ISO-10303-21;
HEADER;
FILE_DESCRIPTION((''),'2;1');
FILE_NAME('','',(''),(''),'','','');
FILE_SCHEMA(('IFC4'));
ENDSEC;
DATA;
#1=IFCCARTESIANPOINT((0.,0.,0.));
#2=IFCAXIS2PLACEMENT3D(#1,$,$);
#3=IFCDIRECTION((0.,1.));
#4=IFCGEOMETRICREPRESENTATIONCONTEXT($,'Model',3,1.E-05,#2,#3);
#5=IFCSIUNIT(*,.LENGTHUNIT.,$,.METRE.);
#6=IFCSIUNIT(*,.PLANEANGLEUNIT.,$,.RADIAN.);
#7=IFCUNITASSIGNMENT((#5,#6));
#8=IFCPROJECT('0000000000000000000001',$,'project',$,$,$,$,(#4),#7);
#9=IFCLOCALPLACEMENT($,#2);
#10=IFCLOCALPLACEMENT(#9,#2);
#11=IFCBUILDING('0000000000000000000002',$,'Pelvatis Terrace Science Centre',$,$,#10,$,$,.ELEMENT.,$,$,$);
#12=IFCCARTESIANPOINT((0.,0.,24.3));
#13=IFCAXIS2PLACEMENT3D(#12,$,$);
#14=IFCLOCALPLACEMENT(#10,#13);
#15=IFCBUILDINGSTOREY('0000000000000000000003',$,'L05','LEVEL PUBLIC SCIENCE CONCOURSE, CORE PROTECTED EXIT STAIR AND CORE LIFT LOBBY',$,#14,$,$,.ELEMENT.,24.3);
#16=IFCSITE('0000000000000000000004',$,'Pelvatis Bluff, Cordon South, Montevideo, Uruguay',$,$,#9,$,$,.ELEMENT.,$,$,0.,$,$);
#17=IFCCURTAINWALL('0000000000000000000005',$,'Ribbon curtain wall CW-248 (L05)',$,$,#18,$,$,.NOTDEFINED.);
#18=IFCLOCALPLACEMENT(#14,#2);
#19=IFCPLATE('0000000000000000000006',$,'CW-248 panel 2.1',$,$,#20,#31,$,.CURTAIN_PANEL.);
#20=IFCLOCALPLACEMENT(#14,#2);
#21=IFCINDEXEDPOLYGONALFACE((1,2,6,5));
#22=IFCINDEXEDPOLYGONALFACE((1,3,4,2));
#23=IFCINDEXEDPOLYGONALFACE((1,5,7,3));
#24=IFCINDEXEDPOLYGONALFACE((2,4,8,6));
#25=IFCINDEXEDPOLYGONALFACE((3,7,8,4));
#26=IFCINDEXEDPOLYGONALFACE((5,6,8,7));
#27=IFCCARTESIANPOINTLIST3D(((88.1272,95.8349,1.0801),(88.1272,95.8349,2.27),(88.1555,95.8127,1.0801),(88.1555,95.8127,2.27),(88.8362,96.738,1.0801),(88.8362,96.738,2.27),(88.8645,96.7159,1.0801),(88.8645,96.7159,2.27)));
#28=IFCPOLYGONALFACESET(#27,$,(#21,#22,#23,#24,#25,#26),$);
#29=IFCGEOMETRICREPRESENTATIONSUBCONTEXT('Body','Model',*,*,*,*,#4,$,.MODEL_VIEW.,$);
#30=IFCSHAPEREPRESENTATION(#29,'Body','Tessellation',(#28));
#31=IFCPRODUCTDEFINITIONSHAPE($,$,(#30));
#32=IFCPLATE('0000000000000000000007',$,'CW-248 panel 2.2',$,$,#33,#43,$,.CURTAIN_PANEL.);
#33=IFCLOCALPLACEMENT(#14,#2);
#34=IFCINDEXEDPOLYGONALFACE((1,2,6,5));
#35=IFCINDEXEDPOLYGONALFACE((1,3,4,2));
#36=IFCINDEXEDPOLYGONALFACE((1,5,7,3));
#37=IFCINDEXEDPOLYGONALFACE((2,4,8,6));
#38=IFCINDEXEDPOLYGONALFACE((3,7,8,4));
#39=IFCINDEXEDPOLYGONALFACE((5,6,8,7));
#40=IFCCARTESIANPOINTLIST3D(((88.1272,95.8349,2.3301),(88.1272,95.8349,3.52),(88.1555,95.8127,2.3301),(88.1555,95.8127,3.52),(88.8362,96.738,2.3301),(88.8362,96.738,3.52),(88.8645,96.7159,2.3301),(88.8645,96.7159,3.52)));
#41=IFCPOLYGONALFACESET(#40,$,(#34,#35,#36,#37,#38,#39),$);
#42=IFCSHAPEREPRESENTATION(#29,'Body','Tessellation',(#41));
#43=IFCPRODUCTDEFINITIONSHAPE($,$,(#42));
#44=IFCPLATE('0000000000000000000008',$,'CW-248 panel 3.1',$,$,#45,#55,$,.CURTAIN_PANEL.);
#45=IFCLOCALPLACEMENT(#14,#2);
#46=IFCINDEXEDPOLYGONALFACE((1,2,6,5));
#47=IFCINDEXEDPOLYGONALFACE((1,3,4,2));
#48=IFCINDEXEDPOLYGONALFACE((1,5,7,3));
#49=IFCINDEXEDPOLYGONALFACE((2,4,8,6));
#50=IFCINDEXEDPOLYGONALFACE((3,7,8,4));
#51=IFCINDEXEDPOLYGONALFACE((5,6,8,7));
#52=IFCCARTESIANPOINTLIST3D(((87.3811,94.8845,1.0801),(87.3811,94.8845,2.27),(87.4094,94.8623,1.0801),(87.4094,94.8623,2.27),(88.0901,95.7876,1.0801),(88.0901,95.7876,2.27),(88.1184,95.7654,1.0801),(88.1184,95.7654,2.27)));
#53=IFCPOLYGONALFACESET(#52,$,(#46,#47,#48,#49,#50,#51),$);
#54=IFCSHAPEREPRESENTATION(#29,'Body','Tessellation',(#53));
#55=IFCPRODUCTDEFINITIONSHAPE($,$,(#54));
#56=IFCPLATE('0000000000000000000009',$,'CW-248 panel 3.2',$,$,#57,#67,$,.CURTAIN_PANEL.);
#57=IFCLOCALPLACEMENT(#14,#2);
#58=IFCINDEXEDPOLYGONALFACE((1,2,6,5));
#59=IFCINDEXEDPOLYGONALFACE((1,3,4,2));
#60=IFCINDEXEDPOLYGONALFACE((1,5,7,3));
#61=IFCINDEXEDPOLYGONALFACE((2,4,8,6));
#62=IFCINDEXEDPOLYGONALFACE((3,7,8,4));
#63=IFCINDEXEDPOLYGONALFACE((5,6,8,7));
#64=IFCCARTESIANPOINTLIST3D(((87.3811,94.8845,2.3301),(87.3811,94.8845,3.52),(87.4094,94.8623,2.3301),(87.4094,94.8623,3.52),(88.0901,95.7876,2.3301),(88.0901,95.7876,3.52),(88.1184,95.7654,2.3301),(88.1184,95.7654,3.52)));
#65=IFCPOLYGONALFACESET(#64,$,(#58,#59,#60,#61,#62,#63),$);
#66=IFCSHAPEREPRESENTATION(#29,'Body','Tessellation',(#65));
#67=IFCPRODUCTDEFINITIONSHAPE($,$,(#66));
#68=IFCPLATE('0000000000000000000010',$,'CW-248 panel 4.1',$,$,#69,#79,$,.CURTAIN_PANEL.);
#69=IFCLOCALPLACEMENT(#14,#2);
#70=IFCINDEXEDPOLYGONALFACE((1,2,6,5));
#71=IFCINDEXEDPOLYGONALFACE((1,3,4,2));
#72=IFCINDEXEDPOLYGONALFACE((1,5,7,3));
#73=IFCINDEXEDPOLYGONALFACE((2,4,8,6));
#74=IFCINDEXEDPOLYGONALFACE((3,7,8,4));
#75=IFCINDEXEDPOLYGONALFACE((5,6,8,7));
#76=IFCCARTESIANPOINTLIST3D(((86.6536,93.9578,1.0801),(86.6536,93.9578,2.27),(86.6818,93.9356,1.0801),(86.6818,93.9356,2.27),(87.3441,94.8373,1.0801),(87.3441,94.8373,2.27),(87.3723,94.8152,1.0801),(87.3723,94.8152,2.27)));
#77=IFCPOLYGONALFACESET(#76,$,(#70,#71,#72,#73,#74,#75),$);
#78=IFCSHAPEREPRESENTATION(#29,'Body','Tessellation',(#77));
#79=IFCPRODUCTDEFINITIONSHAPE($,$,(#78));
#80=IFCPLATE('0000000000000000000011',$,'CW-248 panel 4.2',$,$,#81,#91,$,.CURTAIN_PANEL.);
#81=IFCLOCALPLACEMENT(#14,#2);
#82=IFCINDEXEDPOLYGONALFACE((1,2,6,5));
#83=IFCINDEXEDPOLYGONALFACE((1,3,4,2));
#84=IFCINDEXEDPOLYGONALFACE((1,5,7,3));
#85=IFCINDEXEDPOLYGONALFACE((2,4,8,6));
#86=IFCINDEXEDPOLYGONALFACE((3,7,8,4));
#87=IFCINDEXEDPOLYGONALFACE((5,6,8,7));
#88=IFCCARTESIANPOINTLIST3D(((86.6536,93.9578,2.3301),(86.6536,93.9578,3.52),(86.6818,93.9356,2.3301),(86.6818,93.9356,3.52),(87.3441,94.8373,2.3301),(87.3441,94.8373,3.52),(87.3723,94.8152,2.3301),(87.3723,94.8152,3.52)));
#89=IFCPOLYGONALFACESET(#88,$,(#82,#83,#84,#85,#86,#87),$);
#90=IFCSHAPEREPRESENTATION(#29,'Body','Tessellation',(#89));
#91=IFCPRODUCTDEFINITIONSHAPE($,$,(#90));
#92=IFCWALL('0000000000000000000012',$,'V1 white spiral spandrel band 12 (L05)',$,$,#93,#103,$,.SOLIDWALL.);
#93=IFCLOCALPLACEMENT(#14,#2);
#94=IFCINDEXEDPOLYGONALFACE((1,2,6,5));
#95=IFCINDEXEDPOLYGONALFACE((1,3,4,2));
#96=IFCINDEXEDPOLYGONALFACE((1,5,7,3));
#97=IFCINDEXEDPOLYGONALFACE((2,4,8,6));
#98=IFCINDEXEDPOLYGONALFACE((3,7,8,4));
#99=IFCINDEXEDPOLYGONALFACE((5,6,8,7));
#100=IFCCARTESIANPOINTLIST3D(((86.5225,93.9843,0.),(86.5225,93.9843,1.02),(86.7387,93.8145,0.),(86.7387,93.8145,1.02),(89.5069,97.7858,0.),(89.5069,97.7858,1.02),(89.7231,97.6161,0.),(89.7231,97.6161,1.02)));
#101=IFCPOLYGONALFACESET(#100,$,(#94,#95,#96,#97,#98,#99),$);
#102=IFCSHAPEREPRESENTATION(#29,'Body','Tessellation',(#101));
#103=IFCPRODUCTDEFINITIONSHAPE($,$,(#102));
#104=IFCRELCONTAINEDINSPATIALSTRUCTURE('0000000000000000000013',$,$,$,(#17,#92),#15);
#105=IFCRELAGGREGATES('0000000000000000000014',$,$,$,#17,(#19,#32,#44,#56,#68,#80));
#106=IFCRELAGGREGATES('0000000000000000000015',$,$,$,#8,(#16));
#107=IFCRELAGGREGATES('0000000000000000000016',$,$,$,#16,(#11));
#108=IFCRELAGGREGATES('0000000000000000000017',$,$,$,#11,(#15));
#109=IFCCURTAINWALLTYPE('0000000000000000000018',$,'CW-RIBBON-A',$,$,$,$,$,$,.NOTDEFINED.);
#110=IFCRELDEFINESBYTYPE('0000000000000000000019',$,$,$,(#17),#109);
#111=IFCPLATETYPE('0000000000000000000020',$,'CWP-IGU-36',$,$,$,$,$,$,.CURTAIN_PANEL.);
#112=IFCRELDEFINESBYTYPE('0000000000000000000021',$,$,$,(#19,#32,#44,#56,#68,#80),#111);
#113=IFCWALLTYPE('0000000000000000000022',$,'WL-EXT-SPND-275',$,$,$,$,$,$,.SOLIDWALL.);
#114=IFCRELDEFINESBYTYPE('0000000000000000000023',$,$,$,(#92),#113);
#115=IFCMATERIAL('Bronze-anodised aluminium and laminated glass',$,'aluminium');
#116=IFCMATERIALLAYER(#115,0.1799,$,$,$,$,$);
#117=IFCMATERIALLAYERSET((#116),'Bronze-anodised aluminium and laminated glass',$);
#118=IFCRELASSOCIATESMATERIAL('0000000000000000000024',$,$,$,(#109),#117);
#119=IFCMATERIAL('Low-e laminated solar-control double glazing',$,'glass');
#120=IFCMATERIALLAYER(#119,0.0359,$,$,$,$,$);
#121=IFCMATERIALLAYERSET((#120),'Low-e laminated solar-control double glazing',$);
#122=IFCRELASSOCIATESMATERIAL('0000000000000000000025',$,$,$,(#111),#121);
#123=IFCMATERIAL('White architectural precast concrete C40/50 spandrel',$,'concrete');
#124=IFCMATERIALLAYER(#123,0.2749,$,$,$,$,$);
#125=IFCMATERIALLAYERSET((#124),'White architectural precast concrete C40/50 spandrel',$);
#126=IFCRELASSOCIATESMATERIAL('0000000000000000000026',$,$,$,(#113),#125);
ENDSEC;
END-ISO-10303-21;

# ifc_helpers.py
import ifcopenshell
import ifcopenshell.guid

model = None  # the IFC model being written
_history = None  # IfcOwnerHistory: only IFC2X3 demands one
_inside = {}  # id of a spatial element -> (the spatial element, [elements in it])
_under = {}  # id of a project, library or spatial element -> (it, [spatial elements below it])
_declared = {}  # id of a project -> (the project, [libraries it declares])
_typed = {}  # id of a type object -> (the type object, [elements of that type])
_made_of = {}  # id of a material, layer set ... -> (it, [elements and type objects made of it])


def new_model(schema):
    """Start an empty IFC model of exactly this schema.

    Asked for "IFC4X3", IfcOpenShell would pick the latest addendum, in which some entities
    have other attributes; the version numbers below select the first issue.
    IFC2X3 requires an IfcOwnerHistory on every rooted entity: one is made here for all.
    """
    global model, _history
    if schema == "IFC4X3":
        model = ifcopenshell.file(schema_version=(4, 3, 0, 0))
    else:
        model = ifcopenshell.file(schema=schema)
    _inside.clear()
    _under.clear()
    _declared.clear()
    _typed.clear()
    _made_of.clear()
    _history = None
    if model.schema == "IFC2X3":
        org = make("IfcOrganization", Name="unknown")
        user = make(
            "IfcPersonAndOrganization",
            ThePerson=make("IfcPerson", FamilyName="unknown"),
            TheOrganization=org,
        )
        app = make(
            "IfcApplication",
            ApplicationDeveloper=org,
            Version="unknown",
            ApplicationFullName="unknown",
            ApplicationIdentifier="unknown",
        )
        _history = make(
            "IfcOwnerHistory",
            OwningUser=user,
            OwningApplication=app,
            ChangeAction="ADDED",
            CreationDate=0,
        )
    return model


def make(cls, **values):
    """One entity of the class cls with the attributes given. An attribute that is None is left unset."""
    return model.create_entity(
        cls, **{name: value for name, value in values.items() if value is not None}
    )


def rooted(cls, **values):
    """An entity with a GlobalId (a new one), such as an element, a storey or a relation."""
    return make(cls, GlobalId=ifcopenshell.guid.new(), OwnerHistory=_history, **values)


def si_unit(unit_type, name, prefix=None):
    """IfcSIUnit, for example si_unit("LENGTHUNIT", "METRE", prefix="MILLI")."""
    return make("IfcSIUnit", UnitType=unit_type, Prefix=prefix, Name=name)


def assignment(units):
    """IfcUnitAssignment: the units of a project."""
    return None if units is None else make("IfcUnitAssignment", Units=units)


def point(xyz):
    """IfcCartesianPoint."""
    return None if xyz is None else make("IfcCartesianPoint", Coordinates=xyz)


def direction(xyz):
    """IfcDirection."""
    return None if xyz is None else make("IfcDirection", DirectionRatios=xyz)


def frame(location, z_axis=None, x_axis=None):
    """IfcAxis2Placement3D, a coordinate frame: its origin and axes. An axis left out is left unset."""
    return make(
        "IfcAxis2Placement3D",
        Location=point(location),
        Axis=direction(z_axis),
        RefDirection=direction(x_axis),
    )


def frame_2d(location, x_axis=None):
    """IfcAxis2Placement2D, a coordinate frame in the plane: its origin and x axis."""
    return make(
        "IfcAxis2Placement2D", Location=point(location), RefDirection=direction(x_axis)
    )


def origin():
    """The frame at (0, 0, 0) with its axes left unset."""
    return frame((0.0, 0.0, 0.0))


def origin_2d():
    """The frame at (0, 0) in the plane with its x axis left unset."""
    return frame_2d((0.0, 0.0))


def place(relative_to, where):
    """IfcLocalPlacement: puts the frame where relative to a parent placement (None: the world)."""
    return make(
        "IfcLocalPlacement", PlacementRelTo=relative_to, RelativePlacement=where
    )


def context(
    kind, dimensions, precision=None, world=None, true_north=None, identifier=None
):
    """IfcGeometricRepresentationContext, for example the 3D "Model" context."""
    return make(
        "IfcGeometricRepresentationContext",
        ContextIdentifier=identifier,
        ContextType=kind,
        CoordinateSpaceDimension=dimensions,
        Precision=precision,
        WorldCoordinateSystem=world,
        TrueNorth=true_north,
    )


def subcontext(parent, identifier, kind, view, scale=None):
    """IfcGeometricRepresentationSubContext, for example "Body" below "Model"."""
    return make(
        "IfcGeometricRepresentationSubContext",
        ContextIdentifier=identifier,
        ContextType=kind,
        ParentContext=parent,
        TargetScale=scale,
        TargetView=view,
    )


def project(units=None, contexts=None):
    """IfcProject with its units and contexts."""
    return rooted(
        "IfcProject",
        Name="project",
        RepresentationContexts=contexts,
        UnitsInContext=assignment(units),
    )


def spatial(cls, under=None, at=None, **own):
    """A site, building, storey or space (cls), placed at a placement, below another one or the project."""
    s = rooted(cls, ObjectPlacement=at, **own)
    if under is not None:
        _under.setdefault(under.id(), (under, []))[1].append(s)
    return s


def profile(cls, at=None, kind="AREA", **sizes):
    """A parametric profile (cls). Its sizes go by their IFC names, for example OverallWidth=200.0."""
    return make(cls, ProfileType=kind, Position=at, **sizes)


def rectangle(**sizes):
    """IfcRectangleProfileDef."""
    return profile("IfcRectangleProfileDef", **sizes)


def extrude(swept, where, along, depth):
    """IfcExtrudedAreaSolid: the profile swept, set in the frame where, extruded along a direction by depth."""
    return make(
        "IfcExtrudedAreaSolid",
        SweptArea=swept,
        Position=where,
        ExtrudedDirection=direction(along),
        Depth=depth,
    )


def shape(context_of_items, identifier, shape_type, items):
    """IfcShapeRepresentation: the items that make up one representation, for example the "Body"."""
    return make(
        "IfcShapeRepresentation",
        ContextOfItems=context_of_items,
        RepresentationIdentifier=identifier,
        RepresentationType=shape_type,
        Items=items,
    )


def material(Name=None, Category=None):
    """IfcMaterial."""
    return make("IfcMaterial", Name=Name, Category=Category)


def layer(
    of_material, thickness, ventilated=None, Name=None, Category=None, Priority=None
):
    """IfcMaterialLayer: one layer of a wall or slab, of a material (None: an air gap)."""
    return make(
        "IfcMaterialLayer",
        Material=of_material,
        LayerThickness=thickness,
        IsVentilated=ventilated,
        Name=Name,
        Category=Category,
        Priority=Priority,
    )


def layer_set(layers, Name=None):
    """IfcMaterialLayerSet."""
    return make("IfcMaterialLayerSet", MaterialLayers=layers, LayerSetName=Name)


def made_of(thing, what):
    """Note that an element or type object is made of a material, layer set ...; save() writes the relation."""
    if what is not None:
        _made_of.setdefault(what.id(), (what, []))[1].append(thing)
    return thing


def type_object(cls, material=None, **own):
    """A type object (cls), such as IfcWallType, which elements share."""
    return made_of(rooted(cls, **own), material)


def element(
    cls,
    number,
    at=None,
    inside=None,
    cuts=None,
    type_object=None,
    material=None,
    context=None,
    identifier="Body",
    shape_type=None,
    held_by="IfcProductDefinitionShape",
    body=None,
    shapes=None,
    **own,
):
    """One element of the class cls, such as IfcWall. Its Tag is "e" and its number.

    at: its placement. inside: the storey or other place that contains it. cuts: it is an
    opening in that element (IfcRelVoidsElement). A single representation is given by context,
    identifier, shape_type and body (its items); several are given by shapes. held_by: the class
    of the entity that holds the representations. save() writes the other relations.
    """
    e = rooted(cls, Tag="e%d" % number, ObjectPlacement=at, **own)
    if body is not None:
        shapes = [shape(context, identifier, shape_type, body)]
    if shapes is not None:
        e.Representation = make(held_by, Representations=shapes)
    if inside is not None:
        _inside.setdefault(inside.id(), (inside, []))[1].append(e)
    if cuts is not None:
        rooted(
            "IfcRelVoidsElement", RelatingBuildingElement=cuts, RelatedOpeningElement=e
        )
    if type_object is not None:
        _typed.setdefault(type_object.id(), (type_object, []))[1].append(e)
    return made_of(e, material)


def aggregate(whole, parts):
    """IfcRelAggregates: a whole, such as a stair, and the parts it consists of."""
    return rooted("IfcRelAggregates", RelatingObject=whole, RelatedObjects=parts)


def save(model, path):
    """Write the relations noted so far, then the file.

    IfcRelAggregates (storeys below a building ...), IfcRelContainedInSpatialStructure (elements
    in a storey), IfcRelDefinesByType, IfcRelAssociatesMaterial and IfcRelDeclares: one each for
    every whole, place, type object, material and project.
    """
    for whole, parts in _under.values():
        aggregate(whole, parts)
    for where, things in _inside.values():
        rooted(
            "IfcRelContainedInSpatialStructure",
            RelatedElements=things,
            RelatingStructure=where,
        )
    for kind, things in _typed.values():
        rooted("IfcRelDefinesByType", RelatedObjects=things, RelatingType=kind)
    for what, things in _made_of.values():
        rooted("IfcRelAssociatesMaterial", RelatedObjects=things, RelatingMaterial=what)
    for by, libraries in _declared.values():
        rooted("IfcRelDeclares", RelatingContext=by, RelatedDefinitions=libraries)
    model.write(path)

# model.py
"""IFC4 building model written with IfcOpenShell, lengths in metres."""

from ifc_helpers import new_model, si_unit, direction, frame, frame_2d, origin, origin_2d, place, context, subcontext, project, spatial, rectangle, extrude, material, layer, layer_set, type_object, element, aggregate, save


model = new_model("IFC4")

# Units and contexts
model_context = context("Model", 3, precision=1e-05, world=origin(), true_north=direction((0.0, 1.0)))
body_context = subcontext(model_context, "Body", "Model", "MODEL_VIEW")
ifc_project = project(units=[si_unit("LENGTHUNIT", "METRE"), si_unit("PLANEANGLEUNIT", "RADIAN")], contexts=[model_context])

# Site, building, storey
site_placement = place(None, origin())
site = spatial("IfcSite", under=ifc_project, at=site_placement, Name="Pelvatis Bluff, Cordon South, Montevideo, Uruguay", CompositionType="ELEMENT", RefElevation=0.0)
building_placement = place(site_placement, origin())
building = spatial("IfcBuilding", under=site, at=building_placement, Name="Pelvatis Terrace Science Centre", CompositionType="ELEMENT")
storey_placement = place(building_placement, frame((0.0, 0.0, 24.3)))
storey = spatial("IfcBuildingStorey", under=building, at=storey_placement, Name="L05", Description="LEVEL PUBLIC SCIENCE CONCOURSE, CORE PROTECTED EXIT STAIR AND CORE LIFT LOBBY", CompositionType="ELEMENT", Elevation=24.3)

# Shared definitions
ifc_material_1 = material(Name="Bronze-anodised aluminium and laminated glass", Category="aluminium")
ifc_layer_1 = layer(ifc_material_1, 0.1799)
ifc_layer_set_1 = layer_set([ifc_layer_1], Name="Bronze-anodised aluminium and laminated glass")
curtain_wall_type = type_object("IfcCurtainWallType", Name="CW-RIBBON-A", PredefinedType="NOTDEFINED", material=ifc_layer_set_1)

# Curtain wall, plates
curtain_wall_1_placement = place(storey_placement, origin())
curtain_wall_1 = element("IfcCurtainWall", 1, at=curtain_wall_1_placement, inside=storey, type_object=curtain_wall_type, Name="Ribbon curtain wall CW-248 (L05)", PredefinedType="NOTDEFINED")
ifc_material_2 = material(Name="Low-e laminated solar-control double glazing", Category="glass")
ifc_layer_2 = layer(ifc_material_2, 0.0359)
ifc_layer_set_2 = layer_set([ifc_layer_2], Name="Low-e laminated solar-control double glazing")
plate_type = type_object("IfcPlateType", Name="CWP-IGU-36", PredefinedType="CURTAIN_PANEL", material=ifc_layer_set_2)
plate_1_placement = place(storey_placement, frame((88.4958, 96.2754, 1.0801), z_axis=(0.0, 0.0, 1.0), x_axis=(-0.617493, -0.786577, 0.0)))
plate_1 = element("IfcPlate", 2, at=plate_1_placement, type_object=plate_type, Name="CW-248 panel 2.1", PredefinedType="CURTAIN_PANEL", context=body_context, shape_type="SweptSolid", body=[
    extrude(rectangle(XDim=1.1482, YDim=0.0359, at=origin_2d()), origin(), (0.0, 0.0, 1.0), 1.1899),
])
plate_2_placement = place(storey_placement, frame((88.4958, 96.2754, 2.3301), z_axis=(0.0, 0.0, 1.0), x_axis=(-0.617493, -0.786577, 0.0)))
plate_2 = element("IfcPlate", 3, at=plate_2_placement, type_object=plate_type, Name="CW-248 panel 2.2", PredefinedType="CURTAIN_PANEL", context=body_context, shape_type="SweptSolid", body=[
    extrude(rectangle(XDim=1.1482, YDim=0.0359, at=origin_2d()), origin(), (0.0, 0.0, 1.0), 1.1899),
])
plate_3_placement = place(storey_placement, frame((87.7498, 95.325, 1.0801), z_axis=(0.0, 0.0, 1.0), x_axis=(-0.617493, -0.786577, 0.0)))
plate_3 = element("IfcPlate", 4, at=plate_3_placement, type_object=plate_type, Name="CW-248 panel 3.1", PredefinedType="CURTAIN_PANEL", context=body_context, shape_type="SweptSolid", body=[
    extrude(rectangle(XDim=1.1482, YDim=0.0359, at=origin_2d()), origin(), (0.0, 0.0, 1.0), 1.1899),
])
plate_4_placement = place(storey_placement, frame((87.7498, 95.325, 2.3301), z_axis=(0.0, 0.0, 1.0), x_axis=(-0.617493, -0.786577, 0.0)))
plate_4 = element("IfcPlate", 5, at=plate_4_placement, type_object=plate_type, Name="CW-248 panel 3.2", PredefinedType="CURTAIN_PANEL", context=body_context, shape_type="SweptSolid", body=[
    extrude(rectangle(XDim=1.1482, YDim=0.0359, at=origin_2d()), origin(), (0.0, 0.0, 1.0), 1.1899),
])
plate_5_placement = place(storey_placement, frame((87.0129, 94.3865, 1.0801), z_axis=(0.0, 0.0, 1.0), x_axis=(-0.617493, -0.786577, 0.0)))
plate_5 = element("IfcPlate", 6, at=plate_5_placement, type_object=plate_type, Name="CW-248 panel 4.1", PredefinedType="CURTAIN_PANEL", context=body_context, shape_type="SweptSolid", body=[
    extrude(rectangle(XDim=1.1182, YDim=0.0359, at=origin_2d()), origin(), (0.0, 0.0, 1.0), 1.1899),
])
plate_6_placement = place(storey_placement, frame((87.0129, 94.3865, 2.3301), z_axis=(0.0, 0.0, 1.0), x_axis=(-0.617493, -0.786577, 0.0)))
plate_6 = element("IfcPlate", 7, at=plate_6_placement, type_object=plate_type, Name="CW-248 panel 4.2", PredefinedType="CURTAIN_PANEL", context=body_context, shape_type="SweptSolid", body=[
    extrude(rectangle(XDim=1.1182, YDim=0.0359, at=origin_2d()), origin(), (0.0, 0.0, 1.0), 1.1899),
])
aggregate(curtain_wall_1, [plate_1, plate_2, plate_3, plate_4, plate_5, plate_6])

# Wall
ifc_material_3 = material(Name="White architectural precast concrete C40/50 spandrel", Category="concrete")
ifc_layer_3 = layer(ifc_material_3, 0.2749)
ifc_layer_set_3 = layer_set([ifc_layer_3], Name="White architectural precast concrete C40/50 spandrel")
wall_type = type_object("IfcWallType", Name="WL-EXT-SPND-275", PredefinedType="SOLIDWALL", material=ifc_layer_set_3)
wall_placement = place(storey_placement, frame((89.615, 97.7009, 0.0), z_axis=(0.0, 0.0, 1.0), x_axis=(-0.617498, -0.786572, 0.0)))
element("IfcWall", 8, at=wall_placement, inside=storey, type_object=wall_type, Name="V1 white spiral spandrel band 12 (L05)", PredefinedType="SOLIDWALL", context=body_context, shape_type="SweptSolid", body=[
    extrude(rectangle(XDim=4.833, YDim=0.2749, at=frame_2d((2.4165, 0.0))), origin(), (0.0, 0.0, 1.0), 1.02),
])

save(model, "model.ifc")
